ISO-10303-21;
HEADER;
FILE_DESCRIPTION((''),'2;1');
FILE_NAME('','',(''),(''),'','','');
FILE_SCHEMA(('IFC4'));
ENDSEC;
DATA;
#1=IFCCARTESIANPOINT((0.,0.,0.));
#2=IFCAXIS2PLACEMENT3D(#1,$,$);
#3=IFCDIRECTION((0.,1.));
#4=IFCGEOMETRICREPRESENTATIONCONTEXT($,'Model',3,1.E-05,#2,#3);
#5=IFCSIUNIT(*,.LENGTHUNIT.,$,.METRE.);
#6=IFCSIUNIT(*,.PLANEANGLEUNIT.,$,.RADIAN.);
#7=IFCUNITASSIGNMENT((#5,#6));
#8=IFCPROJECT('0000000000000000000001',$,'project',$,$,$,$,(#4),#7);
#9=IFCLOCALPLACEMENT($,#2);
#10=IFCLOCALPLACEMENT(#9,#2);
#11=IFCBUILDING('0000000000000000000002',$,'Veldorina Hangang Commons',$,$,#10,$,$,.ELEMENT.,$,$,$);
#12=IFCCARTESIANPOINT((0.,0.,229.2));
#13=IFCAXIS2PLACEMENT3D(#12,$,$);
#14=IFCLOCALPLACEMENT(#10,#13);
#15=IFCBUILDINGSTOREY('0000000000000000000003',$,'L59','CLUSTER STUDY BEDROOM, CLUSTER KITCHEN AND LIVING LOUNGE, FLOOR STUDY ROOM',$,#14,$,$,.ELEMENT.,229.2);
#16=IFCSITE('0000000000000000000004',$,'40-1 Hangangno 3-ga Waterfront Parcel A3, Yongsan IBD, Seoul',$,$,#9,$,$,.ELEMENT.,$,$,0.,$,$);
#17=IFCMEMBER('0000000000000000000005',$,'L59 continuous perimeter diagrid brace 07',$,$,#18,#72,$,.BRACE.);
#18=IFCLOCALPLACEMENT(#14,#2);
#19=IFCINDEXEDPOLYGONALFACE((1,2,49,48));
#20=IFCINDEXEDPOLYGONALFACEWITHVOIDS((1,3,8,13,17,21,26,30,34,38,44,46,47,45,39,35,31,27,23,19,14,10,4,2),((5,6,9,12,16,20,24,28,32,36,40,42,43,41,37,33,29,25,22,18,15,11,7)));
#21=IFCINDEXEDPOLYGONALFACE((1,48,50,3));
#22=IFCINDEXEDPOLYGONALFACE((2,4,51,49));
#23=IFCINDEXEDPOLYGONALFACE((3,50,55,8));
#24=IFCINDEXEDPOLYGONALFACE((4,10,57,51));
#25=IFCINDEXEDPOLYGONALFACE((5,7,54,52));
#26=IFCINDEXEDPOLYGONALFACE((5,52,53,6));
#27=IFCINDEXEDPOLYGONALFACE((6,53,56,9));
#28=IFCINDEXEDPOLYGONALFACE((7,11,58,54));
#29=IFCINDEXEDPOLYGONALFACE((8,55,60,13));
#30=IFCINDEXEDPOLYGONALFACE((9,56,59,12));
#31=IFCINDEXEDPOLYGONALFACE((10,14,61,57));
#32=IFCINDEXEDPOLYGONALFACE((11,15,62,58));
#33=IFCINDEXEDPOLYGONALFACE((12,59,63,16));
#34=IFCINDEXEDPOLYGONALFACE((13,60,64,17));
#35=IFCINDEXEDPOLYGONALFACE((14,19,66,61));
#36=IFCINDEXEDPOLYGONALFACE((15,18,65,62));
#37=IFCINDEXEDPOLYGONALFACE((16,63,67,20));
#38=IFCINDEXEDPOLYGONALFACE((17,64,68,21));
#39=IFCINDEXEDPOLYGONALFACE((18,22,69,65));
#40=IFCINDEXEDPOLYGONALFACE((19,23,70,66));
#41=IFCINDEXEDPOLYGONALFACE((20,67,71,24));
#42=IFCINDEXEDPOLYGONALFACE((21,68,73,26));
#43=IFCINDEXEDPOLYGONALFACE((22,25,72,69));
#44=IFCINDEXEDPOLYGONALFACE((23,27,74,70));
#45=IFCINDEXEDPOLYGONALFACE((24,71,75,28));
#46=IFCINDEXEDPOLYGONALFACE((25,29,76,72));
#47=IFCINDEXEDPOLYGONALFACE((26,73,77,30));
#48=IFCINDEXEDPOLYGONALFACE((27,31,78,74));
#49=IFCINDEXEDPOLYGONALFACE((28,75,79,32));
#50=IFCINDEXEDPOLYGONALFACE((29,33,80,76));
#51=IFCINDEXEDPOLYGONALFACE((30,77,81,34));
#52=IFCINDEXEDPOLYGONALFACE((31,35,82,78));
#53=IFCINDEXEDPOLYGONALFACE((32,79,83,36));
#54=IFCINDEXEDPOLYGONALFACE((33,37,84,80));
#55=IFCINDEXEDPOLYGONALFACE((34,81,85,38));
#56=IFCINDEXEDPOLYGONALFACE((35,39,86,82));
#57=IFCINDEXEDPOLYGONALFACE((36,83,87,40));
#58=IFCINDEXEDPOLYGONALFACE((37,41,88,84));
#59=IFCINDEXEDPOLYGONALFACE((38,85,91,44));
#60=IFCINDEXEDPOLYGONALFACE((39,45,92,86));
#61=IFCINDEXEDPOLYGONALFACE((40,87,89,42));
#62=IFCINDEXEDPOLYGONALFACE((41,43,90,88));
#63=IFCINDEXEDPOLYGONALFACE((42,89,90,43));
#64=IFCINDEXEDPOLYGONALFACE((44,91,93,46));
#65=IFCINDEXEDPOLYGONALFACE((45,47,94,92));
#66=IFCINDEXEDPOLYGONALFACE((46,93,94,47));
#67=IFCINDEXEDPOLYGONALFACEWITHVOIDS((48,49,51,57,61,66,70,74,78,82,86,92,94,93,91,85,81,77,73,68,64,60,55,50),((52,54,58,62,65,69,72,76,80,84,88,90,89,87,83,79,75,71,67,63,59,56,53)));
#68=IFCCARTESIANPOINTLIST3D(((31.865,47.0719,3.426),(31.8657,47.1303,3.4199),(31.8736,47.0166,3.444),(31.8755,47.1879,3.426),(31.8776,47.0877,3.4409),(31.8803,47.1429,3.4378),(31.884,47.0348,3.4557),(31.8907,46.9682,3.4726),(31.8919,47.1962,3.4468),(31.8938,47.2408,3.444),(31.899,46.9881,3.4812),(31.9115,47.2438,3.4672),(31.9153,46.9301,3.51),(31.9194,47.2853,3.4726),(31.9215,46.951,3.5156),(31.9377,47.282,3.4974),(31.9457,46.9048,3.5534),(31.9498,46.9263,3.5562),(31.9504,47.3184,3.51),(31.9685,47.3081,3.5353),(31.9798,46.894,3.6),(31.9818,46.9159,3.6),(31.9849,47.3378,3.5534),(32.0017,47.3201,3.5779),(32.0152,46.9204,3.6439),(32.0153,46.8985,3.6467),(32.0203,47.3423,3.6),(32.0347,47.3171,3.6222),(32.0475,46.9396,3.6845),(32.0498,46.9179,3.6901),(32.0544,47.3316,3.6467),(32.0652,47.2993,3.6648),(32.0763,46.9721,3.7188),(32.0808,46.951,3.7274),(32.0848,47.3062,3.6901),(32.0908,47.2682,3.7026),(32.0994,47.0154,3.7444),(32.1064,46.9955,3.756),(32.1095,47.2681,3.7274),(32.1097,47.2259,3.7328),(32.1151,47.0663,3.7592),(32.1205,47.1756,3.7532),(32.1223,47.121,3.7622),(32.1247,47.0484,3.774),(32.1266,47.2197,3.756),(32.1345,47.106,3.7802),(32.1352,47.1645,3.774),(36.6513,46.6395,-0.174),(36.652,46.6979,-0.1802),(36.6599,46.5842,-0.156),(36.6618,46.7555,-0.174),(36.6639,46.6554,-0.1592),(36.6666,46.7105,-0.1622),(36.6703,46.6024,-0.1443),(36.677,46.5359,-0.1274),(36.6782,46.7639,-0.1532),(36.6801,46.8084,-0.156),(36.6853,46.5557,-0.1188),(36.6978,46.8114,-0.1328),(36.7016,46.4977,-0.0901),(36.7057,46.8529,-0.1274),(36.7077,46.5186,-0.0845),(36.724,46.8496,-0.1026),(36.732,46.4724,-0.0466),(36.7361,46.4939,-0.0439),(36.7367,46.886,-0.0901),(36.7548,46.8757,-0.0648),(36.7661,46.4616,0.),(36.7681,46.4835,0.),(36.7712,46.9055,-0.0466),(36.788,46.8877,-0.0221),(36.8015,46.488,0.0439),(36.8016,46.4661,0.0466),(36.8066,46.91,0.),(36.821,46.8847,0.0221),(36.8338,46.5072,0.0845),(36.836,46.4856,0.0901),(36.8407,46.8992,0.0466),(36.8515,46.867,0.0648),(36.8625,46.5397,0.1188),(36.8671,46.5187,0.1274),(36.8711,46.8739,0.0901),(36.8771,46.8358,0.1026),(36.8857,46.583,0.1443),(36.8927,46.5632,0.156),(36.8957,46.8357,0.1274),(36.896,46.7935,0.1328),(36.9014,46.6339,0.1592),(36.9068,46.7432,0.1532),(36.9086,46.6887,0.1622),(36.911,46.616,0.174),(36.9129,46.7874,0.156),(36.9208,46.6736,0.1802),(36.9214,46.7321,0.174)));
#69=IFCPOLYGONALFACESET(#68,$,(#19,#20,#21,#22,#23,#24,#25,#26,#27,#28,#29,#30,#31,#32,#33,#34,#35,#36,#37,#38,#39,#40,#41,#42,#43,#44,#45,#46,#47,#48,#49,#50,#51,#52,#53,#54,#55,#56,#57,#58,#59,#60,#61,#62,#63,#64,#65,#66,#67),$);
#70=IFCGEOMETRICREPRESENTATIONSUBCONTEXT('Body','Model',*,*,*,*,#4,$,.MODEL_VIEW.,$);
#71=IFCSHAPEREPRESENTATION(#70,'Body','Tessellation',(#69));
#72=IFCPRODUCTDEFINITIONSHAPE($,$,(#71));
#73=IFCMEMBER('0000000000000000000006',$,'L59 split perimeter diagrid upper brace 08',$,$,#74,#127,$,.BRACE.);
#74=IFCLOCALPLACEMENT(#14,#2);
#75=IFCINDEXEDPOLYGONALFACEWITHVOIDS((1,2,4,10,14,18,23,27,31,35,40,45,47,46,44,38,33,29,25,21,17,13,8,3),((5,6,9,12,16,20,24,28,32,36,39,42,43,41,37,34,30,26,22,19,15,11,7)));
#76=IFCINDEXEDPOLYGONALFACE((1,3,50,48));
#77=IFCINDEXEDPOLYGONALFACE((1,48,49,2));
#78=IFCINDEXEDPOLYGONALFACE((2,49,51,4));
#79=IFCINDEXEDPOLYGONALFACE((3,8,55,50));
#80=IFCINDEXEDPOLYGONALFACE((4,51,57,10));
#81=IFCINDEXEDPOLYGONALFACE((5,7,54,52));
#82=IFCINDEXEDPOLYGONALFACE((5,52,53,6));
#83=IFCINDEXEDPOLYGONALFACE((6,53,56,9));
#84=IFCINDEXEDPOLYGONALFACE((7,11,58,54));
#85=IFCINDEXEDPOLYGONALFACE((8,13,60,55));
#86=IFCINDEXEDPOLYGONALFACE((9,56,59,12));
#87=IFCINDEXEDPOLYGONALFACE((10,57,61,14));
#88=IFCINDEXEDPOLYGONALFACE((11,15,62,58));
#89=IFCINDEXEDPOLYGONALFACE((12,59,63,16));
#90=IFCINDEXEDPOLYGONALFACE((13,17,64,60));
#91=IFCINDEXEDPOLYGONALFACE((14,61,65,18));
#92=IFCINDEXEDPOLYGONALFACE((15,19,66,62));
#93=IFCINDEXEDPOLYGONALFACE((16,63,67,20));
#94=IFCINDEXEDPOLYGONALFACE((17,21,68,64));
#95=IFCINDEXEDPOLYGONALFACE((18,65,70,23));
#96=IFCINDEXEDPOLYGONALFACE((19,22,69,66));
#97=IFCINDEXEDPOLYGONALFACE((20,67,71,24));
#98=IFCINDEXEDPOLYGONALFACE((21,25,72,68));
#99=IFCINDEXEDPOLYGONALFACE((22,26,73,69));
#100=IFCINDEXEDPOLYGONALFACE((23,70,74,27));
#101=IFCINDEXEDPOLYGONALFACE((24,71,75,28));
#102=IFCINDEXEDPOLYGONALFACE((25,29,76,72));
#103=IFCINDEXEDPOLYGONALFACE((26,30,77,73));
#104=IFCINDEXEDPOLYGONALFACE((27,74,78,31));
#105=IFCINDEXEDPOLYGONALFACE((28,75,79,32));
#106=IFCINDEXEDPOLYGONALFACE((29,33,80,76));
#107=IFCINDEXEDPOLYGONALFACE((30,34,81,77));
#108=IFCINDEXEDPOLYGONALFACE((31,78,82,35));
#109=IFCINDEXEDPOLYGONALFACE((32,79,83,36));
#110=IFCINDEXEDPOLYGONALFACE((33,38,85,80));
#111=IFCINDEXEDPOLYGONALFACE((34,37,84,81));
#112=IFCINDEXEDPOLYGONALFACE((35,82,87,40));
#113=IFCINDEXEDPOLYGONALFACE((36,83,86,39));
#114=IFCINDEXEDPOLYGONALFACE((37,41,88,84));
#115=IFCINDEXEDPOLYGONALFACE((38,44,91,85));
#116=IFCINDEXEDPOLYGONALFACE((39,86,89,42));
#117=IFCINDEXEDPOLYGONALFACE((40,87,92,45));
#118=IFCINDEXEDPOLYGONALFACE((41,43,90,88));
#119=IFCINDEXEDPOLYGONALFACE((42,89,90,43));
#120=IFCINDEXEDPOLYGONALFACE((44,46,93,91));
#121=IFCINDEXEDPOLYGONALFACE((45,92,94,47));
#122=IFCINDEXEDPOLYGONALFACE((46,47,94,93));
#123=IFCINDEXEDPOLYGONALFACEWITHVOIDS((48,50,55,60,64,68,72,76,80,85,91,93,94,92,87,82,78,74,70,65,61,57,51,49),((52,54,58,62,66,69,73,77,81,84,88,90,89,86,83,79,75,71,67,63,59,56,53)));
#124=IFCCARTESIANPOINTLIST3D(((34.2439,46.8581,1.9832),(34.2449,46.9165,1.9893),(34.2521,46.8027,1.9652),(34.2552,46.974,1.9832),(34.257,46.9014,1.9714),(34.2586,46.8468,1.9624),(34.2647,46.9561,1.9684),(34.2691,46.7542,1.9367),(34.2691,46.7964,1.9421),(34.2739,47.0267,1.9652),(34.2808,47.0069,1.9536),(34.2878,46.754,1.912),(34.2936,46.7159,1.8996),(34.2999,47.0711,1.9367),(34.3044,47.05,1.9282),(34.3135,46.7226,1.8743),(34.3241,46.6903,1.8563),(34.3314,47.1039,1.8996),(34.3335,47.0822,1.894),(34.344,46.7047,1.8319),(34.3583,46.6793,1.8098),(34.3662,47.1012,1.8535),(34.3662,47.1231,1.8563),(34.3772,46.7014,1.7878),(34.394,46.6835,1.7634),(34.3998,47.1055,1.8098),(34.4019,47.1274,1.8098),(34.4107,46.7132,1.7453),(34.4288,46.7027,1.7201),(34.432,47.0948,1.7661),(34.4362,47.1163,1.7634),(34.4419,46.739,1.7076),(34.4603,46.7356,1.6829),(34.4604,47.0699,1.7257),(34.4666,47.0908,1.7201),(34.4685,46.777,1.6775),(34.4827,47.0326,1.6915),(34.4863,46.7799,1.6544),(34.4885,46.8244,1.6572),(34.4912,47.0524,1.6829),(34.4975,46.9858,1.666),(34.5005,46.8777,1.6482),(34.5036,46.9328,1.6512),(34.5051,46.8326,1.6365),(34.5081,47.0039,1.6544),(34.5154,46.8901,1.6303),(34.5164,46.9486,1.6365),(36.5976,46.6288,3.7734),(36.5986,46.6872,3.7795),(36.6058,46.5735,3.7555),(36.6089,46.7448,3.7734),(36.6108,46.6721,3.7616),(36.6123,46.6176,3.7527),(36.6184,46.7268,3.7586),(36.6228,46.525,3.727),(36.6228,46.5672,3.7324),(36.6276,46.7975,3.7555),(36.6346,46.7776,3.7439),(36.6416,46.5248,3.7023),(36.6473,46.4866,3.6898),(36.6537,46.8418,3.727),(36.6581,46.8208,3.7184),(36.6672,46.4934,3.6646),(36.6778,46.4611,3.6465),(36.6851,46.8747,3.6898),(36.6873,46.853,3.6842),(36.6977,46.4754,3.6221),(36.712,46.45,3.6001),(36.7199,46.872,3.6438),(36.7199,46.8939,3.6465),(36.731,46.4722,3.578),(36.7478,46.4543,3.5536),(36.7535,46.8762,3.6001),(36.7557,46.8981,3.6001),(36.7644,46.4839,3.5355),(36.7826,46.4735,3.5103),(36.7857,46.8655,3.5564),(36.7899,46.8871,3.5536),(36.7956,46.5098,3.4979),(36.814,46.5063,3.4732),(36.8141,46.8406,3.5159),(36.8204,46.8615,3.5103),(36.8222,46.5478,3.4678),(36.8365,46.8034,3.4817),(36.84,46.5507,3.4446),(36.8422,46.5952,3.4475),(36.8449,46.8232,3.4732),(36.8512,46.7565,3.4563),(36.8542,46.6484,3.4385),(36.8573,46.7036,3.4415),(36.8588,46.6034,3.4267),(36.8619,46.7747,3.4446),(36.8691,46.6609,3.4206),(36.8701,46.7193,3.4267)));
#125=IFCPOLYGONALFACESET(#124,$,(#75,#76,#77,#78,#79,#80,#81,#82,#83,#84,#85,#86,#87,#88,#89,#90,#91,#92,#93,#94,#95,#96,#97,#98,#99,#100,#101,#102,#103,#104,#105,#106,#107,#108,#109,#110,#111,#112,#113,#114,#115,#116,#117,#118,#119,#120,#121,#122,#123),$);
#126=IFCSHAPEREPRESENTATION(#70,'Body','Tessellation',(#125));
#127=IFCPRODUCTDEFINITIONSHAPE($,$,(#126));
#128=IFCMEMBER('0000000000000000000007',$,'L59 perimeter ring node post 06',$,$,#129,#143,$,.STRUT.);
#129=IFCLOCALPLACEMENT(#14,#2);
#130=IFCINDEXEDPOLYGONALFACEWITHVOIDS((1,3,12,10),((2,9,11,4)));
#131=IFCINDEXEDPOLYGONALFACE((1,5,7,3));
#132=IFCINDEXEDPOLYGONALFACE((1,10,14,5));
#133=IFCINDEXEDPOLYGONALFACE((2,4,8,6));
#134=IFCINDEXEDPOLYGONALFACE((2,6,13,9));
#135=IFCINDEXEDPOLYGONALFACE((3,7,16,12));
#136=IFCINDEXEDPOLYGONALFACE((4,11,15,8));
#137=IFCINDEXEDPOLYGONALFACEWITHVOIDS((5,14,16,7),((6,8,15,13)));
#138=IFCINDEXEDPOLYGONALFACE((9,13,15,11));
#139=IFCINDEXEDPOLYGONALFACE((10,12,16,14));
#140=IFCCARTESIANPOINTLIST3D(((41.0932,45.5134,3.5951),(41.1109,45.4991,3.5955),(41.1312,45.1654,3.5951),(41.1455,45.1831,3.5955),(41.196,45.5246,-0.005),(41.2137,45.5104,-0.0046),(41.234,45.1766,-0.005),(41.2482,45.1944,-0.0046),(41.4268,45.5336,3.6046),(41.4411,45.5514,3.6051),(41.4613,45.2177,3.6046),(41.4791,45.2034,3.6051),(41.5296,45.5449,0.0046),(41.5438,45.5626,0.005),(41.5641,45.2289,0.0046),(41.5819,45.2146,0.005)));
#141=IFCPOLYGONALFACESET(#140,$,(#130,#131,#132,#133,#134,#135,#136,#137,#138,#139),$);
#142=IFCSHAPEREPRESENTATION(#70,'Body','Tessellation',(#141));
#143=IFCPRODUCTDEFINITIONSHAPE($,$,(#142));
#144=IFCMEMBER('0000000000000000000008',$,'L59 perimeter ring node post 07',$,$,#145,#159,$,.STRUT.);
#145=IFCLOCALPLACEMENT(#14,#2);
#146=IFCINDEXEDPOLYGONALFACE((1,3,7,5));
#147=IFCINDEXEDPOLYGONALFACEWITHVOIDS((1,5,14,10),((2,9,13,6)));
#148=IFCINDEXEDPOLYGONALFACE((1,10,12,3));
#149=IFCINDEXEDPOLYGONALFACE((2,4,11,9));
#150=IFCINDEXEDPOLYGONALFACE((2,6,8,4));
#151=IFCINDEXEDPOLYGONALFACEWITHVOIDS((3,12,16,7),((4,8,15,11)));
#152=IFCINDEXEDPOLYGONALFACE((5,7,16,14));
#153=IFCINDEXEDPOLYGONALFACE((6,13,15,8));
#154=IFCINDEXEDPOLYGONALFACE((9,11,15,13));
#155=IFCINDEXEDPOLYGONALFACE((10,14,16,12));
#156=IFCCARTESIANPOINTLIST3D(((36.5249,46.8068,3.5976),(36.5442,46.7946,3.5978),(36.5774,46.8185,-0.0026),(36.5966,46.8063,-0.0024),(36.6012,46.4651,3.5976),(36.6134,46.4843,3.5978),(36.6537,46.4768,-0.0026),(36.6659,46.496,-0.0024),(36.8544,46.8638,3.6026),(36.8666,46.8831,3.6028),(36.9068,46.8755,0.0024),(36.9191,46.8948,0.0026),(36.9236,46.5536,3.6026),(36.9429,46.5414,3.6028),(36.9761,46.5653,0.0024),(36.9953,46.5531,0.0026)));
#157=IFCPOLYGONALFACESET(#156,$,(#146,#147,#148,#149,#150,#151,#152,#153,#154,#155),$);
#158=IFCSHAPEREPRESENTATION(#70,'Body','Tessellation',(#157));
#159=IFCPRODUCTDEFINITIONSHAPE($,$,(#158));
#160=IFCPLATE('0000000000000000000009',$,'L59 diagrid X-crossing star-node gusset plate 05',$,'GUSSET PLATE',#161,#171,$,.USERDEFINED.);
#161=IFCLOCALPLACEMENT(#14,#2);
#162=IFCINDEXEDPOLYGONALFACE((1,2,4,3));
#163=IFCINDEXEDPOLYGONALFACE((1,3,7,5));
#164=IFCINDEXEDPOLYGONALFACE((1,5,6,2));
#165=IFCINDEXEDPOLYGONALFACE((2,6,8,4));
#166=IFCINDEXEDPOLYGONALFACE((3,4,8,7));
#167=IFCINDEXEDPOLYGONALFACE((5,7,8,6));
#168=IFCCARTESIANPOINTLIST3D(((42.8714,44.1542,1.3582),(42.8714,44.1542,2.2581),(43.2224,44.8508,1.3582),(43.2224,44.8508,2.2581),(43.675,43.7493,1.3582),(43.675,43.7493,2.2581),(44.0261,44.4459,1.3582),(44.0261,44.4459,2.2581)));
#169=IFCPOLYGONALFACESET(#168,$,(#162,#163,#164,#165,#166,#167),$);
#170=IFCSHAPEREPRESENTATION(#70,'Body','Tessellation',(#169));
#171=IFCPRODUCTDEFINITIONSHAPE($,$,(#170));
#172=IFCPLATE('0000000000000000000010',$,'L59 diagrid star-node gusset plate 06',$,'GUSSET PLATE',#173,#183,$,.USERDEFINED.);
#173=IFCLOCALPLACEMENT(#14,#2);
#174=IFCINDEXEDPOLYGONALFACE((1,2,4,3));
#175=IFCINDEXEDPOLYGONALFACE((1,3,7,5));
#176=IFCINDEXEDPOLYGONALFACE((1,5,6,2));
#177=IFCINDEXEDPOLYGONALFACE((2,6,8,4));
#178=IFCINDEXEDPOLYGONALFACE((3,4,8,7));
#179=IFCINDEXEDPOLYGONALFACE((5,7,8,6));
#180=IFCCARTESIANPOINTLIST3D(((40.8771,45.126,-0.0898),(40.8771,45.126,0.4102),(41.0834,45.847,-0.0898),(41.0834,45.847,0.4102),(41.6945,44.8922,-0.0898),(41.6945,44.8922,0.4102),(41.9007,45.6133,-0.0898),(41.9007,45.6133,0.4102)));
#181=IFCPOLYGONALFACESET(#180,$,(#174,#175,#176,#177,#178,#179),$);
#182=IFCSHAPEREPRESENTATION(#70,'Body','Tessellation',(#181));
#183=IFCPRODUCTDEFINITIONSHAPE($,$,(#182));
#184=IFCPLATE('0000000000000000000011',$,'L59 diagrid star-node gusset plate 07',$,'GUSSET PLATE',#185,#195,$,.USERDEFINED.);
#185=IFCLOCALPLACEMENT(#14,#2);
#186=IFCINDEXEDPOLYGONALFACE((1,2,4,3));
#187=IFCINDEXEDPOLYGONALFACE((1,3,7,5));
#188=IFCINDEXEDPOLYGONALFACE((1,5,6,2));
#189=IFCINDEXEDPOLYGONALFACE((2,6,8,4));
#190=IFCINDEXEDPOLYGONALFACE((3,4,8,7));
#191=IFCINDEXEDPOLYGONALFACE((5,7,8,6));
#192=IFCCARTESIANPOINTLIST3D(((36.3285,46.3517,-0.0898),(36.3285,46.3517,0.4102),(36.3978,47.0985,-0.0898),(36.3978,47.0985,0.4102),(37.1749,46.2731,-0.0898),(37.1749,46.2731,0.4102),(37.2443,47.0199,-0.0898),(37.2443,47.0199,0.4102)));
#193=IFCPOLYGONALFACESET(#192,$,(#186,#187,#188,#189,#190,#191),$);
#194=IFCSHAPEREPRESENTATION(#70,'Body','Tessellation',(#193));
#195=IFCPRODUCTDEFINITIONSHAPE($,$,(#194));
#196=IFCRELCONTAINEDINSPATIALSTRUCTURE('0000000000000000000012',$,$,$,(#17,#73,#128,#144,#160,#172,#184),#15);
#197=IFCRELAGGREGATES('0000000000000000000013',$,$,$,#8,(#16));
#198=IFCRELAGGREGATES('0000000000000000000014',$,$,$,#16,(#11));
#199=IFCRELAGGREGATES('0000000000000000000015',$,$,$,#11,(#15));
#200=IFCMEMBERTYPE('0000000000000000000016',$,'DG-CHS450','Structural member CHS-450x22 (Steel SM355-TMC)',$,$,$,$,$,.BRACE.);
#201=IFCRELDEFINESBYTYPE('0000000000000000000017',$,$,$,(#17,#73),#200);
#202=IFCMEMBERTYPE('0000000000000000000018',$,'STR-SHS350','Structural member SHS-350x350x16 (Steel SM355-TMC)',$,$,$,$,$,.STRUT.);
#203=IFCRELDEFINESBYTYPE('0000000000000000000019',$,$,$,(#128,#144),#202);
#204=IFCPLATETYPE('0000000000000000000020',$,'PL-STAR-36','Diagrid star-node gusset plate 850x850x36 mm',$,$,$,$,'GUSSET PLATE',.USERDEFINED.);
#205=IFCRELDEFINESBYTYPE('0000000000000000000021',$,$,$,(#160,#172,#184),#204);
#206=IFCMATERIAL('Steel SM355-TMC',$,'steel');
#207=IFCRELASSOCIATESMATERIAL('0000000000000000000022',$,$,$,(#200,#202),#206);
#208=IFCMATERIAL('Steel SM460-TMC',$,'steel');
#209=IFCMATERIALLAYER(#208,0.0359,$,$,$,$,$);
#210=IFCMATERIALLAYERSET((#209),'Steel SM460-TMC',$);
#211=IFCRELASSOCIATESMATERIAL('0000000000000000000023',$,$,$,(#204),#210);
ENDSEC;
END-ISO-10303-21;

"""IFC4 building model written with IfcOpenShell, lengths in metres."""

from ifc_helpers import new_model, si_unit, direction, frame, origin, origin_2d, place, context, subcontext, project, spatial, rectangle, hollow_rectangle, hollow_circle, extrude, material, layer, layer_set, material_profile, profile_set, type_object, element, save


model = new_model("IFC4")

# Units and contexts
model_context = context("Model", 3, precision=1e-05, world=origin(), true_north=direction((0.0, 1.0)))
body_context = subcontext(model_context, "Body", "Model", "MODEL_VIEW")
ifc_project = project(units=[si_unit("LENGTHUNIT", "METRE"), si_unit("PLANEANGLEUNIT", "RADIAN")], contexts=[model_context])

# Site, building, storey
site_placement = place(None, origin())
site = spatial("IfcSite", under=ifc_project, at=site_placement, Name="40-1 Hangangno 3-ga Waterfront Parcel A3, Yongsan IBD, Seoul", CompositionType="ELEMENT", RefElevation=0.0)
building_placement = place(site_placement, origin())
building = spatial("IfcBuilding", under=site, at=building_placement, Name="Veldorina Hangang Commons", CompositionType="ELEMENT")
storey_placement = place(building_placement, frame((0.0, 0.0, 229.2)))
storey = spatial("IfcBuildingStorey", under=building, at=storey_placement, Name="L59", Description="CLUSTER STUDY BEDROOM, CLUSTER KITCHEN AND LIVING LOUNGE, FLOOR STUDY ROOM", CompositionType="ELEMENT", Elevation=229.2)

# Shared definitions
ifc_material_1 = material(Name="Steel SM355-TMC", Category="steel")

# Members
ifc_material_profile_1 = material_profile(ifc_material_1, hollow_circle(Radius=0.2251, WallThickness=0.022, at=origin_2d()), Name="CHS-450x22")
ifc_profile_set_1 = profile_set([ifc_material_profile_1], Name="Steel SM355-TMC")
member_type_1 = type_object("IfcMemberType", Name="DG-CHS450", Description="Structural member CHS-450x22 (Steel SM355-TMC)", PredefinedType="BRACE", material=ifc_profile_set_1)
member_1_placement = place(storey_placement, frame((36.7864, 46.6858, 0.0), z_axis=(-0.797098, 0.072005, 0.599541), x_axis=(-0.089968, -0.995945, 0.0)))
element("IfcMember", 1, at=member_1_placement, inside=storey, type_object=member_type_1, Name="L59 continuous perimeter diagrid brace 07", PredefinedType="BRACE", context=body_context, shape_type="SweptSolid", body=[
    extrude(hollow_circle(Radius=0.2251, WallThickness=0.022, at=origin_2d()), origin(), (0.0, 0.0, 1.0), 6.0046),
])
member_2_placement = place(storey_placement, frame((34.3801, 46.9033, 1.8098), z_axis=(0.793549, -0.077289, 0.603578), x_axis=(0.096938, 0.99529, 0.0)))
element("IfcMember", 2, at=member_2_placement, inside=storey, type_object=member_type_1, Name="L59 split perimeter diagrid upper brace 08", PredefinedType="BRACE", context=body_context, shape_type="SweptSolid", body=[
    extrude(hollow_circle(Radius=0.2251, WallThickness=0.022, at=origin_2d()), origin(), (0.0, 0.0, 1.0), 2.9661),
])
ifc_material_profile_2 = material_profile(ifc_material_1, hollow_rectangle(XDim=0.3501, YDim=0.3501, WallThickness=0.0161, at=origin_2d()), Name="SHS-350x350x16")
ifc_profile_set_2 = profile_set([ifc_material_profile_2], Name="Steel SM355-TMC")
member_type_2 = type_object("IfcMemberType", Name="STR-SHS350", Description="Structural member SHS-350x350x16 (Steel SM355-TMC)", PredefinedType="STRUT", material=ifc_profile_set_2)
member_3_placement = place(storey_placement, frame((41.3889, 45.3696, 0.0), z_axis=(-0.028538, -0.003118, 0.999588), x_axis=(0.108617, -0.994084, 0.0)))
element("IfcMember", 3, at=member_3_placement, inside=storey, type_object=member_type_2, Name="L59 perimeter ring node post 06", PredefinedType="STRUT", context=body_context, shape_type="SweptSolid", body=[
    extrude(hollow_rectangle(XDim=0.3501, YDim=0.3501, WallThickness=0.0161, at=origin_2d()), origin(), (0.0, 0.0, 1.0), 3.6016),
])
member_4_placement = place(storey_placement, frame((36.7864, 46.6858, 0.0), z_axis=(-0.014579, -0.003255, 0.999888), x_axis=(0.217892, -0.975973, 0.0)))
element("IfcMember", 4, at=member_4_placement, inside=storey, type_object=member_type_2, Name="L59 perimeter ring node post 07", PredefinedType="STRUT", context=body_context, shape_type="SweptSolid", body=[
    extrude(hollow_rectangle(XDim=0.3501, YDim=0.3501, WallThickness=0.0161, at=origin_2d()), origin(), (0.0, 0.0, 1.0), 3.6006),
])

# Plates
ifc_material_2 = material(Name="Steel SM460-TMC", Category="steel")
ifc_layer_1 = layer(ifc_material_2, 0.0359)
ifc_layer_set_1 = layer_set([ifc_layer_1], Name="Steel SM460-TMC")
plate_type = type_object("IfcPlateType", Name="PL-STAR-36", Description="Diagrid star-node gusset plate 850x850x36 mm", ElementType="GUSSET PLATE", PredefinedType="USERDEFINED", material=ifc_layer_set_1)
plate_1_placement = place(storey_placement, frame((43.4487, 44.3, 1.3582), z_axis=(0.0, 0.0, 1.0), x_axis=(-0.893018, 0.450021, 0.0)))
element("IfcPlate", 5, at=plate_1_placement, inside=storey, type_object=plate_type, Name="L59 diagrid X-crossing star-node gusset plate 05", ObjectType="GUSSET PLATE", PredefinedType="USERDEFINED", context=body_context, shape_type="SweptSolid", body=[
    extrude(rectangle(XDim=0.8999, YDim=0.78, at=origin_2d()), origin(), (0.0, 0.0, 1.0), 0.8999),
])
for number, where, z_axis, x_axis, name in (
    (6, (41.3889, 45.3696, -0.0898), (0.0, 0.0, 1.0), (-0.961454, 0.274966, 0.0), "L59 diagrid star-node gusset plate 06"),
    (7, (36.7864, 46.6858, -0.0898), (0.0, 0.0, 1.0), (-0.995717, 0.092457, 0.0), "L59 diagrid star-node gusset plate 07"),
):
    element("IfcPlate", number, at=place(storey_placement, frame(where, z_axis=z_axis, x_axis=x_axis)), inside=storey, type_object=plate_type, Name=name, ObjectType="GUSSET PLATE", PredefinedType="USERDEFINED", context=body_context, shape_type="SweptSolid", body=[
        extrude(rectangle(XDim=0.8501, YDim=0.75, at=origin_2d()), origin(), (0.0, 0.0, 1.0), 0.5),
    ])

save(model, "model.ifc")
